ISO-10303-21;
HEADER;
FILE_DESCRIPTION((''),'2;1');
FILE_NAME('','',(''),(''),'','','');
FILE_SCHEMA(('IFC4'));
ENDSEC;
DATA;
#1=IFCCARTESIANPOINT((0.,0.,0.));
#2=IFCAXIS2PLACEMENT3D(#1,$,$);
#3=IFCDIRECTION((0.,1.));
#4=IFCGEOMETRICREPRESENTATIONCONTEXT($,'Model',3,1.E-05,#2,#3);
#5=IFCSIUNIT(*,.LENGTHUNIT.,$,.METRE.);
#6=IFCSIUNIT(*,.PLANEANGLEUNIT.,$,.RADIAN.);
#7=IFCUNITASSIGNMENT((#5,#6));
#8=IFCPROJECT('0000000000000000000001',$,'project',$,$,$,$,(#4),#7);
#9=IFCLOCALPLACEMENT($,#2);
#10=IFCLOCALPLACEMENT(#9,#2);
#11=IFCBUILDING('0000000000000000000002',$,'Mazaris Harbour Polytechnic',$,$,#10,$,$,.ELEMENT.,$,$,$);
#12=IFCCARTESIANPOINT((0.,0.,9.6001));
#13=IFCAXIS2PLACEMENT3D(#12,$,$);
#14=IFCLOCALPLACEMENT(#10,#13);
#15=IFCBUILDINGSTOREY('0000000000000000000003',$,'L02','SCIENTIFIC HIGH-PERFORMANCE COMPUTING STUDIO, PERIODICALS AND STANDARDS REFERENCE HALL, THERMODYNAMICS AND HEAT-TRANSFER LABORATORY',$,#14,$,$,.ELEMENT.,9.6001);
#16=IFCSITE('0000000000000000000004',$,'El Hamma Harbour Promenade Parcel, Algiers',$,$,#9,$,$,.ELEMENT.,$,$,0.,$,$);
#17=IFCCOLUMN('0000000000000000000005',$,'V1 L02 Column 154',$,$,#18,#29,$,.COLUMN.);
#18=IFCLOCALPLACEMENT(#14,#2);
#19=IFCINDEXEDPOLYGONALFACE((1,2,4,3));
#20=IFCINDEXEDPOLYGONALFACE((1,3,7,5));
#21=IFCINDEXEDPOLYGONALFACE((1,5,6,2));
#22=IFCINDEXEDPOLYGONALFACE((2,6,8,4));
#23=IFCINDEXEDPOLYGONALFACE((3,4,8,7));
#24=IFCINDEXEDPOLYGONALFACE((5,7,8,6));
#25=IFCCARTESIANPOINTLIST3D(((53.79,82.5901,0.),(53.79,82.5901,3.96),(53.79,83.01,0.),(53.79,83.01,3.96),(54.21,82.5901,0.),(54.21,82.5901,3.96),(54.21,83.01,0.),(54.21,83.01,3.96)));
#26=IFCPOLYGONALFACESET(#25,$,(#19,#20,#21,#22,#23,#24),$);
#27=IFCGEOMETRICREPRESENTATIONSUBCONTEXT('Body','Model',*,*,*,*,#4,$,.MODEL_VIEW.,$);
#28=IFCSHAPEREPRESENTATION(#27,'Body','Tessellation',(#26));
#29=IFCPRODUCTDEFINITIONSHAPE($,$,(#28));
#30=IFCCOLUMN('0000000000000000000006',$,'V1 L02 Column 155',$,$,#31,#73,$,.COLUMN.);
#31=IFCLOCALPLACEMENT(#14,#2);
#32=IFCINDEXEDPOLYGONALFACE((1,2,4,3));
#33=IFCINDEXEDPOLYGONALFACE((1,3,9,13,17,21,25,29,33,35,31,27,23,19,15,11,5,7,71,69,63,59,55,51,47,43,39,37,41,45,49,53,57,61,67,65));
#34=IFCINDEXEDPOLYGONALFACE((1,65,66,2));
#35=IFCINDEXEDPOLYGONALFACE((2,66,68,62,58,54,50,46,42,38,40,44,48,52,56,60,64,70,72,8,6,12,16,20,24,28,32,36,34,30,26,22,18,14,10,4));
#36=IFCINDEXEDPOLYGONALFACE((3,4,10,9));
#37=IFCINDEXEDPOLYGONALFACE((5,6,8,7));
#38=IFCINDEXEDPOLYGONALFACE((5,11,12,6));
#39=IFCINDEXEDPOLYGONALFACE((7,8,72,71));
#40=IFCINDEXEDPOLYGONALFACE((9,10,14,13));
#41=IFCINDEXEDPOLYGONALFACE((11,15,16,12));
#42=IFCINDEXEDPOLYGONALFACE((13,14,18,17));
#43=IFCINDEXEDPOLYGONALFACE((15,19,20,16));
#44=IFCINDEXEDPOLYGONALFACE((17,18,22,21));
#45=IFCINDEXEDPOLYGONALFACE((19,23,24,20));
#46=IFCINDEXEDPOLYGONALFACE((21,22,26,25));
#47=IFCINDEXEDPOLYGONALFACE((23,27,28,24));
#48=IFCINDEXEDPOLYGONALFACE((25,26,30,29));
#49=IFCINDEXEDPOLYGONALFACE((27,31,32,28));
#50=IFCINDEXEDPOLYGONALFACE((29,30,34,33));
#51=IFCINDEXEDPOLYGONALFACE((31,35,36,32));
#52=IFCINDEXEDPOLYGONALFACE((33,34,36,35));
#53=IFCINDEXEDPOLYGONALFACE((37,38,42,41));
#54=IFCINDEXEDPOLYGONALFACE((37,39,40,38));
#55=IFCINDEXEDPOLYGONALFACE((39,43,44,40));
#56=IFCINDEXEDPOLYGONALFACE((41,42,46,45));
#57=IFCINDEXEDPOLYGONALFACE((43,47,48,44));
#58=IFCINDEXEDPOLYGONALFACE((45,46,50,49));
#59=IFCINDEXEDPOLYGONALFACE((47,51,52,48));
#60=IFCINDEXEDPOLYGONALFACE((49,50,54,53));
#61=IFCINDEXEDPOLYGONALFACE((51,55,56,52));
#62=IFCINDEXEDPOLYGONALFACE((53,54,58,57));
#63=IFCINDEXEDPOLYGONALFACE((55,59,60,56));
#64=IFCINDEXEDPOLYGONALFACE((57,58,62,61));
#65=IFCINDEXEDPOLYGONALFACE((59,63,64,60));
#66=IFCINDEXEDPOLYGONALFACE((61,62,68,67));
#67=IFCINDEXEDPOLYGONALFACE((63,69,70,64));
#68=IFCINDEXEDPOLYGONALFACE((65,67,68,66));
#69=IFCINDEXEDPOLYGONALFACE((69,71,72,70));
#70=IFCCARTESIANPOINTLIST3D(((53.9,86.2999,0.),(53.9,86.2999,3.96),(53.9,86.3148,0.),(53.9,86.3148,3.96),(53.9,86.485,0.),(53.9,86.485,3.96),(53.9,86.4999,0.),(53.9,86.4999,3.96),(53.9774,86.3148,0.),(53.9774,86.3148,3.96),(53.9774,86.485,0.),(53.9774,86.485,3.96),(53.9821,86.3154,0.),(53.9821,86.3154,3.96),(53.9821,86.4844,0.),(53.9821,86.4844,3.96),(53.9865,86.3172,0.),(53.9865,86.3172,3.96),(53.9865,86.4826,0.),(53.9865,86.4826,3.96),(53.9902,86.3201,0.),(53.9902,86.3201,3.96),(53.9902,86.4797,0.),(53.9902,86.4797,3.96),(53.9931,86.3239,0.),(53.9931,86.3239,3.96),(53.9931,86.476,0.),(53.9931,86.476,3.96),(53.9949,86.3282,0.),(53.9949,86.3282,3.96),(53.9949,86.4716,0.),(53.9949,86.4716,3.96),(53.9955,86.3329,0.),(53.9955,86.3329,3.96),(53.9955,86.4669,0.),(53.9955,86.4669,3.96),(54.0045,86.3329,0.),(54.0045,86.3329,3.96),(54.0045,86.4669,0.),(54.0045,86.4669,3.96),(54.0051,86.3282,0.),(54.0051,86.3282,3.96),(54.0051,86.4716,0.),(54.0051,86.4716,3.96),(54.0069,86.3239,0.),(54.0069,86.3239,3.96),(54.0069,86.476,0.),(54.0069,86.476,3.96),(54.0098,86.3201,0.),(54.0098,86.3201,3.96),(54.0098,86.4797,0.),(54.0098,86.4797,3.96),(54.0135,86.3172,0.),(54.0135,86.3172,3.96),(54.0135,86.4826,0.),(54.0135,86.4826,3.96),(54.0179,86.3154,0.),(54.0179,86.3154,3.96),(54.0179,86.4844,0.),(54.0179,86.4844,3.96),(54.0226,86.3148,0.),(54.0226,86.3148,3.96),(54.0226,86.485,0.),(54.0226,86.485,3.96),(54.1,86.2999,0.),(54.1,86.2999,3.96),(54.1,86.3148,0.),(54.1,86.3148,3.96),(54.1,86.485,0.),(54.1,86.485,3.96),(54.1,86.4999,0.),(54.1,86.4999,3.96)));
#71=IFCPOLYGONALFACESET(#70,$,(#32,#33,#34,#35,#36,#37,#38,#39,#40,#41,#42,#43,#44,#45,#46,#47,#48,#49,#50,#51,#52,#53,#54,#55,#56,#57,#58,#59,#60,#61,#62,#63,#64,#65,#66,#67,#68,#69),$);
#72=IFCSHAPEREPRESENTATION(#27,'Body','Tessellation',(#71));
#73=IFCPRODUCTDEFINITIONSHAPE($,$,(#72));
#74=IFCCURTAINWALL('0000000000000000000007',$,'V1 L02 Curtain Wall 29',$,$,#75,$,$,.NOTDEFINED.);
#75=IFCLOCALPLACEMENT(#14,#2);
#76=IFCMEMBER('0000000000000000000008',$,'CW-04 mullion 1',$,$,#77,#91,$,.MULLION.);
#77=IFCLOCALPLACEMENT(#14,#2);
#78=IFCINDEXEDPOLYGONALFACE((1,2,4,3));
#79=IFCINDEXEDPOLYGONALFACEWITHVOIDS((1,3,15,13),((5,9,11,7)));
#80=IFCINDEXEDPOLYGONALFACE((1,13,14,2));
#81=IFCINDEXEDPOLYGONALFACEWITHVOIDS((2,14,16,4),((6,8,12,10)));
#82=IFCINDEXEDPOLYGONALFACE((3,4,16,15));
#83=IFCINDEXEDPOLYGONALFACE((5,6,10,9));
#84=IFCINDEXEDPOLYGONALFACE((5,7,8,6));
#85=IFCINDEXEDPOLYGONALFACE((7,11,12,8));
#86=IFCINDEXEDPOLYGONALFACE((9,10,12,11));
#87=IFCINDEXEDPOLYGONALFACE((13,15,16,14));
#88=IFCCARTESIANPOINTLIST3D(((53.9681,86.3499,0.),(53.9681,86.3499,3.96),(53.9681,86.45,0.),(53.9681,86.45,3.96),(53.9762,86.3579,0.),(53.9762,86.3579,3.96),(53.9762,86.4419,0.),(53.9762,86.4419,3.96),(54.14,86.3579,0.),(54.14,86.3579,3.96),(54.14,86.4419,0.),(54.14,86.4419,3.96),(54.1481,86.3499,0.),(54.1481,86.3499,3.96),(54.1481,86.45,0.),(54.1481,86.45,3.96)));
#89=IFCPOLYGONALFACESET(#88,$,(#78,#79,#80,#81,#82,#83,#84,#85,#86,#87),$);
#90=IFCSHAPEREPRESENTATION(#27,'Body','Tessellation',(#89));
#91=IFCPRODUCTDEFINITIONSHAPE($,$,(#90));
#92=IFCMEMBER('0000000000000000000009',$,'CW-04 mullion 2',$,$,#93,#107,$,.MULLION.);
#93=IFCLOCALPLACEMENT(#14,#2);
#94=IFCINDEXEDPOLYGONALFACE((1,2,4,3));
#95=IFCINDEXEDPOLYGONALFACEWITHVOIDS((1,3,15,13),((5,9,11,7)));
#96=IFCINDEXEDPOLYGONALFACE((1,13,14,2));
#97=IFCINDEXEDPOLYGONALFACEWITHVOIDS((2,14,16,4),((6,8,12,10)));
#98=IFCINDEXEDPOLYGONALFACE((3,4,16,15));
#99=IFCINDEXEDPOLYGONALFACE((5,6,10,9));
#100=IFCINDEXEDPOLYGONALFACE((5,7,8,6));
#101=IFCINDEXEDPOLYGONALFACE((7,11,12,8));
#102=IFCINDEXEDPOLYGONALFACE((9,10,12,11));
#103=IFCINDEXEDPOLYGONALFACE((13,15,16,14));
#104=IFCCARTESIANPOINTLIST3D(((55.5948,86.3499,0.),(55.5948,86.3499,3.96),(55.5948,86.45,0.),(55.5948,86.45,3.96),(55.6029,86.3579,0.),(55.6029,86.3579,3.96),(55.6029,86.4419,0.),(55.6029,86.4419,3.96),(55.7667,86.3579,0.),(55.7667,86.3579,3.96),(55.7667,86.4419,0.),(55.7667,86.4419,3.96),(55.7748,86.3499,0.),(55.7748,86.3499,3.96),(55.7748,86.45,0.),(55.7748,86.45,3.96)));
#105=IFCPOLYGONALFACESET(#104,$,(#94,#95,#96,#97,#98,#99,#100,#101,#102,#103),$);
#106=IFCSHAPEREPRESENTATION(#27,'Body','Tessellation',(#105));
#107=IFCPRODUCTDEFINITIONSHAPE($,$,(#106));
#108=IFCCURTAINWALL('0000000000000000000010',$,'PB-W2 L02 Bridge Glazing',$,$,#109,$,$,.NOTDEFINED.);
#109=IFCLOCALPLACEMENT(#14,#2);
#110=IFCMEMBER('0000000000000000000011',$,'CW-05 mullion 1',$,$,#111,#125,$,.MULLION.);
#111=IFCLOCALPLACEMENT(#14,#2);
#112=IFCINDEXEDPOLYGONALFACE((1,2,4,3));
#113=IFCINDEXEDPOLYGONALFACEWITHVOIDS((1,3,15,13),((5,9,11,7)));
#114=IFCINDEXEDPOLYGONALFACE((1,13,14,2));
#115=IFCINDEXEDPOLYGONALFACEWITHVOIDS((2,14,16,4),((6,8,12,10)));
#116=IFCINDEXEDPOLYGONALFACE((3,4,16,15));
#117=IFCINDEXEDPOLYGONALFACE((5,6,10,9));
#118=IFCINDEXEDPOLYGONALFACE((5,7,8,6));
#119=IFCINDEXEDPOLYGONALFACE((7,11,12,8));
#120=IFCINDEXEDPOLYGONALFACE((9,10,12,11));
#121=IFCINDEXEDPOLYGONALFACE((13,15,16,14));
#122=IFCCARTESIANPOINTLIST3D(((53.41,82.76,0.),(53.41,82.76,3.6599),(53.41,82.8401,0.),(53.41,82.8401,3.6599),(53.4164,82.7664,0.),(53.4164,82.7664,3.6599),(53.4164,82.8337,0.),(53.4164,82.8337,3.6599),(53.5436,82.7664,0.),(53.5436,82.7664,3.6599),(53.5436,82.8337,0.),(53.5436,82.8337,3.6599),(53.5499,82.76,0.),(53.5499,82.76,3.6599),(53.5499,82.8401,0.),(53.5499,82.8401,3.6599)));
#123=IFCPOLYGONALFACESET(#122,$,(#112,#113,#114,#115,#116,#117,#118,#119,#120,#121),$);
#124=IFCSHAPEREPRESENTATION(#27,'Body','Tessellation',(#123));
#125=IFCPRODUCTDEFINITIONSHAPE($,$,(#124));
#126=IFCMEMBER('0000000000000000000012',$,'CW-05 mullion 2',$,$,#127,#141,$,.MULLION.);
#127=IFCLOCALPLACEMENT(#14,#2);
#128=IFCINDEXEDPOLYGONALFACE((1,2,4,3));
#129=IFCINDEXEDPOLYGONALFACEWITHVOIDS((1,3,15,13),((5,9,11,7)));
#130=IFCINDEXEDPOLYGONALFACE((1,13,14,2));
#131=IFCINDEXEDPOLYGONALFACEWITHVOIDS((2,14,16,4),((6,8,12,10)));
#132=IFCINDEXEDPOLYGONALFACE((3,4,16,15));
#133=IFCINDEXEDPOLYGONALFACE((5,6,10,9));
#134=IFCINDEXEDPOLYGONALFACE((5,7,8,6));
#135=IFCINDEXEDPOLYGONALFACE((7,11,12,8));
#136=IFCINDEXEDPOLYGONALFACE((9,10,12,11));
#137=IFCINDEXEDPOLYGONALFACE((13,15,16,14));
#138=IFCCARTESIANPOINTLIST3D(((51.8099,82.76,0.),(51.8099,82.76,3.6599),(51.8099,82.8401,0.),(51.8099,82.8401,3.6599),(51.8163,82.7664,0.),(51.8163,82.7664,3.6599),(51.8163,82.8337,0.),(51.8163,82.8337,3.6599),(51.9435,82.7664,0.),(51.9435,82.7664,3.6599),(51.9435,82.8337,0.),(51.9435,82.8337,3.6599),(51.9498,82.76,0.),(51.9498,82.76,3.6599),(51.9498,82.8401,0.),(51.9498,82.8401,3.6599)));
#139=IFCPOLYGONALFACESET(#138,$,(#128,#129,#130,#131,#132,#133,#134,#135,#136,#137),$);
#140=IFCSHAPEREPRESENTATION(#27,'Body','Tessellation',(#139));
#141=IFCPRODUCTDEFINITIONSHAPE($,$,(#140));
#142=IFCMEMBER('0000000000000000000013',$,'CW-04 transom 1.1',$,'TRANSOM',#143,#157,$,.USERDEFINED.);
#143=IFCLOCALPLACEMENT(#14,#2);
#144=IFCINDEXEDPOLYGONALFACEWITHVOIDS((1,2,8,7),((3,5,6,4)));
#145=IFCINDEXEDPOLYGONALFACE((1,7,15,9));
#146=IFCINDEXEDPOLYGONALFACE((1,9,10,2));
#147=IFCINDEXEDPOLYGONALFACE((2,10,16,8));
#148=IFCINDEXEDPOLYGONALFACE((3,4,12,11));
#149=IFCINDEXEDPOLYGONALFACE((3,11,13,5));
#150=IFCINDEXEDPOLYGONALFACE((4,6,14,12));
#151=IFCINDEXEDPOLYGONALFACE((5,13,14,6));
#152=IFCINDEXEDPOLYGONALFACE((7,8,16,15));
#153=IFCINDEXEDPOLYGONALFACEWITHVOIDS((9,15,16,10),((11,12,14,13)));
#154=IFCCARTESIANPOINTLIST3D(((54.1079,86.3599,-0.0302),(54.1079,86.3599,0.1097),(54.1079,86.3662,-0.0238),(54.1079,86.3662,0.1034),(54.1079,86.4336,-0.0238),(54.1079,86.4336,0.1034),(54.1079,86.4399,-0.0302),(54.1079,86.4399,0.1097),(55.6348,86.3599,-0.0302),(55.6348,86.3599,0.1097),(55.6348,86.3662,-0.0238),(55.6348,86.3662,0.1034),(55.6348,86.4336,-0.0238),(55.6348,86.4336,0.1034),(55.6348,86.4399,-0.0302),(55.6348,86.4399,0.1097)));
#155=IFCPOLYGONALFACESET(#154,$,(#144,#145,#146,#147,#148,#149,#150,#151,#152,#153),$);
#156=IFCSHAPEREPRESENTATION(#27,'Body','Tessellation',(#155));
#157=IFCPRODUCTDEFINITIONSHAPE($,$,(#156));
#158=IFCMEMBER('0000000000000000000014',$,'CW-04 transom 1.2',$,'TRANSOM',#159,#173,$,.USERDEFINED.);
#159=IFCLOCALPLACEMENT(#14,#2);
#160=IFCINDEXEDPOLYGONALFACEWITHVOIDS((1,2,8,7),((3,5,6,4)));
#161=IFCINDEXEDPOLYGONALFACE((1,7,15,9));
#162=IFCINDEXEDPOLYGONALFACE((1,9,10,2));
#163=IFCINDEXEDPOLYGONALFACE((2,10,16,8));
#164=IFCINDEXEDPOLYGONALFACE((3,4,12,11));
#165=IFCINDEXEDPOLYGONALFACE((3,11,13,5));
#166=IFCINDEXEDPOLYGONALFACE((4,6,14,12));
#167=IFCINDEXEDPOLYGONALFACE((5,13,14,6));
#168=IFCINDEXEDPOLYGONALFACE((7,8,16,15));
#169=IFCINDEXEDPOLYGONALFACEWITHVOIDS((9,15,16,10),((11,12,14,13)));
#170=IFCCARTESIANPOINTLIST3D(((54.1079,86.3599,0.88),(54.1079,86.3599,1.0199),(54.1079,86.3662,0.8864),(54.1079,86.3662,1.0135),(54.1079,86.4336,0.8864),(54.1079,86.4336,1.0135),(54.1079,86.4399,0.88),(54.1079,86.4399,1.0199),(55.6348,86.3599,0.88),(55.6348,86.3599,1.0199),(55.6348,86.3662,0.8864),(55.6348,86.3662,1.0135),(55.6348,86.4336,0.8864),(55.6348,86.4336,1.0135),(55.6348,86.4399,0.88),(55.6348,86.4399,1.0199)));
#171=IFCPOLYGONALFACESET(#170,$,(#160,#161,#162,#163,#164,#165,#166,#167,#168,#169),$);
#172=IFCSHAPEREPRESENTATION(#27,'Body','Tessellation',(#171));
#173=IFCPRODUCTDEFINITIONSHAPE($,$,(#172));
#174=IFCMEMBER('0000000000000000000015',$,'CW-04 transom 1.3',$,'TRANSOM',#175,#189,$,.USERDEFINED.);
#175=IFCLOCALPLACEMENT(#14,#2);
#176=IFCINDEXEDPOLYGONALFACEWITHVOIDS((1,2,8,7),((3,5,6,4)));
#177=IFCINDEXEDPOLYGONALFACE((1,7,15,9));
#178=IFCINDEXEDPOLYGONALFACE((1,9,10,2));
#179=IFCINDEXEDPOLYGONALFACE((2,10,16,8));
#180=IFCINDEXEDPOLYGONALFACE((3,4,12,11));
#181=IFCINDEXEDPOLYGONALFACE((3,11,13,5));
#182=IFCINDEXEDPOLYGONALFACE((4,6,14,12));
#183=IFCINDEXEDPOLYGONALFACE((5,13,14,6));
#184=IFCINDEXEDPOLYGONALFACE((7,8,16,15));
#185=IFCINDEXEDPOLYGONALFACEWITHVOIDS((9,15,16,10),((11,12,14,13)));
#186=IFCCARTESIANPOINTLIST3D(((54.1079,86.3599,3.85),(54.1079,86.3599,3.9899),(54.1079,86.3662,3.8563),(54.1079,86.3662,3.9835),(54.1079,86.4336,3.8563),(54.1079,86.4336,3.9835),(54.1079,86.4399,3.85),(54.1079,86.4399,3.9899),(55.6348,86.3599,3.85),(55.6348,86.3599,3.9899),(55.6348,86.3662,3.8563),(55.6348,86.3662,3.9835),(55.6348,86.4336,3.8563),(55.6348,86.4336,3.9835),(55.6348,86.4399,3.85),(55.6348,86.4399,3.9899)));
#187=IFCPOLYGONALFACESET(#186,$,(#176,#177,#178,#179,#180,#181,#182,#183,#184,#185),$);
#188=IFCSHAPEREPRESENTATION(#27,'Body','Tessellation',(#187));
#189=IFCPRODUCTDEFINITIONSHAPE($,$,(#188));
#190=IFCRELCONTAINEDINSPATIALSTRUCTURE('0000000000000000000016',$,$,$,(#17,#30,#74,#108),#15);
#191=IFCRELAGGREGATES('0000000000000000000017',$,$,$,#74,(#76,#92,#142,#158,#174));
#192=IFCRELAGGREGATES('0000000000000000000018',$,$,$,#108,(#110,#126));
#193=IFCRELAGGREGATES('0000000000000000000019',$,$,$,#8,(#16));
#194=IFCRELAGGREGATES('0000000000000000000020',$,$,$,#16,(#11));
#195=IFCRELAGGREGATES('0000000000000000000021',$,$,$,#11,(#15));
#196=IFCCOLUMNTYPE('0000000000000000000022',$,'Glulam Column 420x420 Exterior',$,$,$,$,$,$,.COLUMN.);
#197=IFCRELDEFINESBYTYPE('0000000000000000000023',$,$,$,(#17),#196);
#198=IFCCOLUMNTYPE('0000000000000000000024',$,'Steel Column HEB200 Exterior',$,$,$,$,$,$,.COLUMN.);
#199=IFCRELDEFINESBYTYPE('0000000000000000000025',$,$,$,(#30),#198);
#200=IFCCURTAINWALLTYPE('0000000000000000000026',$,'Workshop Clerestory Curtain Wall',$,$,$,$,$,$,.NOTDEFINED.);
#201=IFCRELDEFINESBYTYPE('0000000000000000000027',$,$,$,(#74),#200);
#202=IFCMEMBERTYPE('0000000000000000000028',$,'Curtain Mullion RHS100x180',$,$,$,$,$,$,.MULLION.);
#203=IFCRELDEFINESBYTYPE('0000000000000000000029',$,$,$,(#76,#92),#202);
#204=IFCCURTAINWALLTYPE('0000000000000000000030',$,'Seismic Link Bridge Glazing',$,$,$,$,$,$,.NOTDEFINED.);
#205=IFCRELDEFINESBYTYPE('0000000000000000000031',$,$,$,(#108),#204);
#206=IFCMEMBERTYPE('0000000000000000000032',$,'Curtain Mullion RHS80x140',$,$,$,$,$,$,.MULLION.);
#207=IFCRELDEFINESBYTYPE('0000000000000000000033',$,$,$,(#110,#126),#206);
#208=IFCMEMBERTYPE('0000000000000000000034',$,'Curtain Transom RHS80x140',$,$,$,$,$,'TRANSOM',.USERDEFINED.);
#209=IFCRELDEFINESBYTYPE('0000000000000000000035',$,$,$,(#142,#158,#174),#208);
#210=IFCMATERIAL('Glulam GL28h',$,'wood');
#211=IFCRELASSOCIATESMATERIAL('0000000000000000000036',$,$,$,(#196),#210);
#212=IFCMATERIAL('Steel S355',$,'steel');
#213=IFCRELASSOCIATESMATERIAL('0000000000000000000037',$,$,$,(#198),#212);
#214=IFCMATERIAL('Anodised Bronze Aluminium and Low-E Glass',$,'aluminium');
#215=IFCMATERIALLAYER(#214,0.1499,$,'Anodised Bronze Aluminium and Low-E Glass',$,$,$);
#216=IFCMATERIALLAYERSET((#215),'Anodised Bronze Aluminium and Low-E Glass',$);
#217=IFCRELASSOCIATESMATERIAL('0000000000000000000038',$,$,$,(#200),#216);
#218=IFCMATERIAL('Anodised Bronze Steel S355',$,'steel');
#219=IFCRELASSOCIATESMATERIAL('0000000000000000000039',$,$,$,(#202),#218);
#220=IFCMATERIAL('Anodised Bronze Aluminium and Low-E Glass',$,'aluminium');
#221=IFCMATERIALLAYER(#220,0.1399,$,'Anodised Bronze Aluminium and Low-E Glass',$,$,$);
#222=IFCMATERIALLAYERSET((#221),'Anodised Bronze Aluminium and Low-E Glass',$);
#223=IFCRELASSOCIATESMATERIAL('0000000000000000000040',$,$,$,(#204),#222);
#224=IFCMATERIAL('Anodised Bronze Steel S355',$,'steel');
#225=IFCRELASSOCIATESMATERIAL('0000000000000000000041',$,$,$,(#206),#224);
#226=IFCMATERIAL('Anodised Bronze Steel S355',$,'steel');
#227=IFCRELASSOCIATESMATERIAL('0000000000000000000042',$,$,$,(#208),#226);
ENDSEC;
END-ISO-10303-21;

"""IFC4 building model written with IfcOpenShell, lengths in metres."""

from ifc_helpers import new_model, si_unit, direction, frame, origin, origin_2d, place, context, subcontext, project, spatial, rectangle, hollow_rectangle, i_section, extrude, material, layer, layer_set, material_profile, profile_set, type_object, element, aggregate, save


model = new_model("IFC4")

# Units and contexts
model_context = context("Model", 3, precision=1e-05, world=origin(), true_north=direction((0.0, 1.0)))
body_context = subcontext(model_context, "Body", "Model", "MODEL_VIEW")
ifc_project = project(units=[si_unit("LENGTHUNIT", "METRE"), si_unit("PLANEANGLEUNIT", "RADIAN")], contexts=[model_context])

# Site, building, storey
site_placement = place(None, origin())
site = spatial("IfcSite", under=ifc_project, at=site_placement, Name="El Hamma Harbour Promenade Parcel, Algiers", CompositionType="ELEMENT", RefElevation=0.0)
building_placement = place(site_placement, origin())
building = spatial("IfcBuilding", under=site, at=building_placement, Name="Mazaris Harbour Polytechnic", CompositionType="ELEMENT")
storey_placement = place(building_placement, frame((0.0, 0.0, 9.6001)))
storey = spatial("IfcBuildingStorey", under=building, at=storey_placement, Name="L02", Description="SCIENTIFIC HIGH-PERFORMANCE COMPUTING STUDIO, PERIODICALS AND STANDARDS REFERENCE HALL, THERMODYNAMICS AND HEAT-TRANSFER LABORATORY", CompositionType="ELEMENT", Elevation=9.6001)

# Columns
ifc_material_1 = material(Name="Glulam GL28h", Category="wood")
ifc_material_profile_1 = material_profile(ifc_material_1, rectangle(XDim=0.4199, YDim=0.4199, at=origin_2d()), Name="RECT420x420")
ifc_profile_set_1 = profile_set([ifc_material_profile_1], Name="Glulam GL28h")
column_type_1 = type_object("IfcColumnType", Name="Glulam Column 420x420 Exterior", PredefinedType="COLUMN", material=ifc_profile_set_1)
column_1_placement = place(storey_placement, frame((54.0, 82.8, 0.0), z_axis=(0.0, 0.0, 1.0), x_axis=(1.0, 0.0, 0.0)))
element("IfcColumn", 1, at=column_1_placement, inside=storey, type_object=column_type_1, Name="V1 L02 Column 154", PredefinedType="COLUMN", context=body_context, shape_type="SweptSolid", body=[
    extrude(rectangle(XDim=0.4199, YDim=0.4199, at=origin_2d()), origin(), (0.0, 0.0, 1.0), 3.96),
])
ifc_material_2 = material(Name="Steel S355", Category="steel")
ifc_material_profile_2 = material_profile(ifc_material_2, i_section(OverallWidth=0.2, OverallDepth=0.2, WebThickness=0.009, FlangeThickness=0.0149, FilletRadius=0.0181, at=origin_2d()), Name="HEB 200")
ifc_profile_set_2 = profile_set([ifc_material_profile_2], Name="Steel S355")
column_type_2 = type_object("IfcColumnType", Name="Steel Column HEB200 Exterior", PredefinedType="COLUMN", material=ifc_profile_set_2)
column_2_placement = place(storey_placement, frame((54.0, 86.3999, 0.0), z_axis=(0.0, 0.0, 1.0), x_axis=(1.0, 0.0, 0.0)))
element("IfcColumn", 2, at=column_2_placement, inside=storey, type_object=column_type_2, Name="V1 L02 Column 155", PredefinedType="COLUMN", context=body_context, shape_type="SweptSolid", body=[
    extrude(i_section(OverallWidth=0.2, OverallDepth=0.2, WebThickness=0.009, FlangeThickness=0.0149, FilletRadius=0.0181, at=origin_2d()), origin(), (0.0, 0.0, 1.0), 3.96),
])

# Curtain walls, members
ifc_material_3 = material(Name="Anodised Bronze Aluminium and Low-E Glass", Category="aluminium")
ifc_layer_1 = layer(ifc_material_3, 0.1499, Name="Anodised Bronze Aluminium and Low-E Glass")
ifc_layer_set_1 = layer_set([ifc_layer_1], Name="Anodised Bronze Aluminium and Low-E Glass")
curtain_wall_type_1 = type_object("IfcCurtainWallType", Name="Workshop Clerestory Curtain Wall", PredefinedType="NOTDEFINED", material=ifc_layer_set_1)
curtain_wall_1_placement = place(storey_placement, origin())
curtain_wall_1 = element("IfcCurtainWall", 3, at=curtain_wall_1_placement, inside=storey, type_object=curtain_wall_type_1, Name="V1 L02 Curtain Wall 29", PredefinedType="NOTDEFINED")
ifc_material_4 = material(Name="Anodised Bronze Steel S355", Category="steel")
ifc_material_profile_3 = material_profile(ifc_material_4, hollow_rectangle(XDim=0.1001, YDim=0.1799, WallThickness=0.0081, at=origin_2d()), Name="RHS 100x180x8.0")
ifc_profile_set_3 = profile_set([ifc_material_profile_3], Name="Anodised Bronze Steel S355")
member_type_1 = type_object("IfcMemberType", Name="Curtain Mullion RHS100x180", PredefinedType="MULLION", material=ifc_profile_set_3)
member_1_placement = place(storey_placement, frame((54.0581, 86.3999, 0.0), z_axis=(0.0, 0.0, 1.0), x_axis=(0.0, 1.0, 0.0)))
member_1 = element("IfcMember", 4, at=member_1_placement, type_object=member_type_1, Name="CW-04 mullion 1", PredefinedType="MULLION", context=body_context, shape_type="SweptSolid", body=[
    extrude(hollow_rectangle(XDim=0.1001, YDim=0.1799, WallThickness=0.0081, at=origin_2d()), origin(), (0.0, 0.0, 1.0), 3.96),
])
member_2_placement = place(storey_placement, frame((55.6848, 86.3999, 0.0), z_axis=(0.0, 0.0, 1.0), x_axis=(0.0, 1.0, 0.0)))
member_2 = element("IfcMember", 5, at=member_2_placement, type_object=member_type_1, Name="CW-04 mullion 2", PredefinedType="MULLION", context=body_context, shape_type="SweptSolid", body=[
    extrude(hollow_rectangle(XDim=0.1001, YDim=0.1799, WallThickness=0.0081, at=origin_2d()), origin(), (0.0, 0.0, 1.0), 3.96),
])
ifc_material_5 = material(Name="Anodised Bronze Aluminium and Low-E Glass", Category="aluminium")
ifc_layer_2 = layer(ifc_material_5, 0.1399, Name="Anodised Bronze Aluminium and Low-E Glass")
ifc_layer_set_2 = layer_set([ifc_layer_2], Name="Anodised Bronze Aluminium and Low-E Glass")
curtain_wall_type_2 = type_object("IfcCurtainWallType", Name="Seismic Link Bridge Glazing", PredefinedType="NOTDEFINED", material=ifc_layer_set_2)
curtain_wall_2_placement = place(storey_placement, origin())
curtain_wall_2 = element("IfcCurtainWall", 6, at=curtain_wall_2_placement, inside=storey, type_object=curtain_wall_type_2, Name="PB-W2 L02 Bridge Glazing", PredefinedType="NOTDEFINED")
ifc_material_6 = material(Name="Anodised Bronze Steel S355", Category="steel")
ifc_material_profile_4 = material_profile(ifc_material_6, hollow_rectangle(XDim=0.0801, YDim=0.1399, WallThickness=0.0063, at=origin_2d()), Name="RHS 80x140x6.3")
ifc_profile_set_4 = profile_set([ifc_material_profile_4], Name="Anodised Bronze Steel S355")
member_type_2 = type_object("IfcMemberType", Name="Curtain Mullion RHS80x140", PredefinedType="MULLION", material=ifc_profile_set_4)
member_3_placement = place(storey_placement, frame((53.48, 82.8, 0.0), z_axis=(0.0, 0.0, 1.0), x_axis=(0.0, -1.0, 0.0)))
member_3 = element("IfcMember", 7, at=member_3_placement, type_object=member_type_2, Name="CW-05 mullion 1", PredefinedType="MULLION", context=body_context, shape_type="SweptSolid", body=[
    extrude(hollow_rectangle(XDim=0.0801, YDim=0.1399, WallThickness=0.0063, at=origin_2d()), origin(), (0.0, 0.0, 1.0), 3.6599),
])
member_4_placement = place(storey_placement, frame((51.8799, 82.8, 0.0), z_axis=(0.0, 0.0, 1.0), x_axis=(0.0, -1.0, 0.0)))
member_4 = element("IfcMember", 8, at=member_4_placement, type_object=member_type_2, Name="CW-05 mullion 2", PredefinedType="MULLION", context=body_context, shape_type="SweptSolid", body=[
    extrude(hollow_rectangle(XDim=0.0801, YDim=0.1399, WallThickness=0.0063, at=origin_2d()), origin(), (0.0, 0.0, 1.0), 3.6599),
])

# Members
ifc_material_7 = material(Name="Anodised Bronze Steel S355", Category="steel")
ifc_material_profile_5 = material_profile(ifc_material_7, hollow_rectangle(XDim=0.0801, YDim=0.1399, WallThickness=0.0063, at=origin_2d()), Name="RHS 80x140x6.3")
ifc_profile_set_5 = profile_set([ifc_material_profile_5], Name="Anodised Bronze Steel S355")
member_type_3 = type_object("IfcMemberType", Name="Curtain Transom RHS80x140", ElementType="TRANSOM", PredefinedType="USERDEFINED", material=ifc_profile_set_5)
member_5_placement = place(storey_placement, frame((54.1079, 86.3999, 0.0398), z_axis=(1.0, 0.0, 0.0), x_axis=(0.0, 1.0, 0.0)))
member_5 = element("IfcMember", 9, at=member_5_placement, type_object=member_type_3, Name="CW-04 transom 1.1", ObjectType="TRANSOM", PredefinedType="USERDEFINED", context=body_context, shape_type="SweptSolid", body=[
    extrude(hollow_rectangle(XDim=0.0801, YDim=0.1399, WallThickness=0.0063, at=origin_2d()), origin(), (0.0, 0.0, 1.0), 1.5269),
])
member_6_placement = place(storey_placement, frame((54.1079, 86.3999, 0.95), z_axis=(1.0, 0.0, 0.0), x_axis=(0.0, 1.0, 0.0)))
member_6 = element("IfcMember", 10, at=member_6_placement, type_object=member_type_3, Name="CW-04 transom 1.2", ObjectType="TRANSOM", PredefinedType="USERDEFINED", context=body_context, shape_type="SweptSolid", body=[
    extrude(hollow_rectangle(XDim=0.0801, YDim=0.1399, WallThickness=0.0063, at=origin_2d()), origin(), (0.0, 0.0, 1.0), 1.5269),
])
member_7_placement = place(storey_placement, frame((54.1079, 86.3999, 3.9199), z_axis=(1.0, 0.0, 0.0), x_axis=(0.0, 1.0, 0.0)))
member_7 = element("IfcMember", 11, at=member_7_placement, type_object=member_type_3, Name="CW-04 transom 1.3", ObjectType="TRANSOM", PredefinedType="USERDEFINED", context=body_context, shape_type="SweptSolid", body=[
    extrude(hollow_rectangle(XDim=0.0801, YDim=0.1399, WallThickness=0.0063, at=origin_2d()), origin(), (0.0, 0.0, 1.0), 1.5269),
])

aggregate(curtain_wall_1, [member_1, member_2, member_5, member_6, member_7])
aggregate(curtain_wall_2, [member_3, member_4])

save(model, "model.ifc")
